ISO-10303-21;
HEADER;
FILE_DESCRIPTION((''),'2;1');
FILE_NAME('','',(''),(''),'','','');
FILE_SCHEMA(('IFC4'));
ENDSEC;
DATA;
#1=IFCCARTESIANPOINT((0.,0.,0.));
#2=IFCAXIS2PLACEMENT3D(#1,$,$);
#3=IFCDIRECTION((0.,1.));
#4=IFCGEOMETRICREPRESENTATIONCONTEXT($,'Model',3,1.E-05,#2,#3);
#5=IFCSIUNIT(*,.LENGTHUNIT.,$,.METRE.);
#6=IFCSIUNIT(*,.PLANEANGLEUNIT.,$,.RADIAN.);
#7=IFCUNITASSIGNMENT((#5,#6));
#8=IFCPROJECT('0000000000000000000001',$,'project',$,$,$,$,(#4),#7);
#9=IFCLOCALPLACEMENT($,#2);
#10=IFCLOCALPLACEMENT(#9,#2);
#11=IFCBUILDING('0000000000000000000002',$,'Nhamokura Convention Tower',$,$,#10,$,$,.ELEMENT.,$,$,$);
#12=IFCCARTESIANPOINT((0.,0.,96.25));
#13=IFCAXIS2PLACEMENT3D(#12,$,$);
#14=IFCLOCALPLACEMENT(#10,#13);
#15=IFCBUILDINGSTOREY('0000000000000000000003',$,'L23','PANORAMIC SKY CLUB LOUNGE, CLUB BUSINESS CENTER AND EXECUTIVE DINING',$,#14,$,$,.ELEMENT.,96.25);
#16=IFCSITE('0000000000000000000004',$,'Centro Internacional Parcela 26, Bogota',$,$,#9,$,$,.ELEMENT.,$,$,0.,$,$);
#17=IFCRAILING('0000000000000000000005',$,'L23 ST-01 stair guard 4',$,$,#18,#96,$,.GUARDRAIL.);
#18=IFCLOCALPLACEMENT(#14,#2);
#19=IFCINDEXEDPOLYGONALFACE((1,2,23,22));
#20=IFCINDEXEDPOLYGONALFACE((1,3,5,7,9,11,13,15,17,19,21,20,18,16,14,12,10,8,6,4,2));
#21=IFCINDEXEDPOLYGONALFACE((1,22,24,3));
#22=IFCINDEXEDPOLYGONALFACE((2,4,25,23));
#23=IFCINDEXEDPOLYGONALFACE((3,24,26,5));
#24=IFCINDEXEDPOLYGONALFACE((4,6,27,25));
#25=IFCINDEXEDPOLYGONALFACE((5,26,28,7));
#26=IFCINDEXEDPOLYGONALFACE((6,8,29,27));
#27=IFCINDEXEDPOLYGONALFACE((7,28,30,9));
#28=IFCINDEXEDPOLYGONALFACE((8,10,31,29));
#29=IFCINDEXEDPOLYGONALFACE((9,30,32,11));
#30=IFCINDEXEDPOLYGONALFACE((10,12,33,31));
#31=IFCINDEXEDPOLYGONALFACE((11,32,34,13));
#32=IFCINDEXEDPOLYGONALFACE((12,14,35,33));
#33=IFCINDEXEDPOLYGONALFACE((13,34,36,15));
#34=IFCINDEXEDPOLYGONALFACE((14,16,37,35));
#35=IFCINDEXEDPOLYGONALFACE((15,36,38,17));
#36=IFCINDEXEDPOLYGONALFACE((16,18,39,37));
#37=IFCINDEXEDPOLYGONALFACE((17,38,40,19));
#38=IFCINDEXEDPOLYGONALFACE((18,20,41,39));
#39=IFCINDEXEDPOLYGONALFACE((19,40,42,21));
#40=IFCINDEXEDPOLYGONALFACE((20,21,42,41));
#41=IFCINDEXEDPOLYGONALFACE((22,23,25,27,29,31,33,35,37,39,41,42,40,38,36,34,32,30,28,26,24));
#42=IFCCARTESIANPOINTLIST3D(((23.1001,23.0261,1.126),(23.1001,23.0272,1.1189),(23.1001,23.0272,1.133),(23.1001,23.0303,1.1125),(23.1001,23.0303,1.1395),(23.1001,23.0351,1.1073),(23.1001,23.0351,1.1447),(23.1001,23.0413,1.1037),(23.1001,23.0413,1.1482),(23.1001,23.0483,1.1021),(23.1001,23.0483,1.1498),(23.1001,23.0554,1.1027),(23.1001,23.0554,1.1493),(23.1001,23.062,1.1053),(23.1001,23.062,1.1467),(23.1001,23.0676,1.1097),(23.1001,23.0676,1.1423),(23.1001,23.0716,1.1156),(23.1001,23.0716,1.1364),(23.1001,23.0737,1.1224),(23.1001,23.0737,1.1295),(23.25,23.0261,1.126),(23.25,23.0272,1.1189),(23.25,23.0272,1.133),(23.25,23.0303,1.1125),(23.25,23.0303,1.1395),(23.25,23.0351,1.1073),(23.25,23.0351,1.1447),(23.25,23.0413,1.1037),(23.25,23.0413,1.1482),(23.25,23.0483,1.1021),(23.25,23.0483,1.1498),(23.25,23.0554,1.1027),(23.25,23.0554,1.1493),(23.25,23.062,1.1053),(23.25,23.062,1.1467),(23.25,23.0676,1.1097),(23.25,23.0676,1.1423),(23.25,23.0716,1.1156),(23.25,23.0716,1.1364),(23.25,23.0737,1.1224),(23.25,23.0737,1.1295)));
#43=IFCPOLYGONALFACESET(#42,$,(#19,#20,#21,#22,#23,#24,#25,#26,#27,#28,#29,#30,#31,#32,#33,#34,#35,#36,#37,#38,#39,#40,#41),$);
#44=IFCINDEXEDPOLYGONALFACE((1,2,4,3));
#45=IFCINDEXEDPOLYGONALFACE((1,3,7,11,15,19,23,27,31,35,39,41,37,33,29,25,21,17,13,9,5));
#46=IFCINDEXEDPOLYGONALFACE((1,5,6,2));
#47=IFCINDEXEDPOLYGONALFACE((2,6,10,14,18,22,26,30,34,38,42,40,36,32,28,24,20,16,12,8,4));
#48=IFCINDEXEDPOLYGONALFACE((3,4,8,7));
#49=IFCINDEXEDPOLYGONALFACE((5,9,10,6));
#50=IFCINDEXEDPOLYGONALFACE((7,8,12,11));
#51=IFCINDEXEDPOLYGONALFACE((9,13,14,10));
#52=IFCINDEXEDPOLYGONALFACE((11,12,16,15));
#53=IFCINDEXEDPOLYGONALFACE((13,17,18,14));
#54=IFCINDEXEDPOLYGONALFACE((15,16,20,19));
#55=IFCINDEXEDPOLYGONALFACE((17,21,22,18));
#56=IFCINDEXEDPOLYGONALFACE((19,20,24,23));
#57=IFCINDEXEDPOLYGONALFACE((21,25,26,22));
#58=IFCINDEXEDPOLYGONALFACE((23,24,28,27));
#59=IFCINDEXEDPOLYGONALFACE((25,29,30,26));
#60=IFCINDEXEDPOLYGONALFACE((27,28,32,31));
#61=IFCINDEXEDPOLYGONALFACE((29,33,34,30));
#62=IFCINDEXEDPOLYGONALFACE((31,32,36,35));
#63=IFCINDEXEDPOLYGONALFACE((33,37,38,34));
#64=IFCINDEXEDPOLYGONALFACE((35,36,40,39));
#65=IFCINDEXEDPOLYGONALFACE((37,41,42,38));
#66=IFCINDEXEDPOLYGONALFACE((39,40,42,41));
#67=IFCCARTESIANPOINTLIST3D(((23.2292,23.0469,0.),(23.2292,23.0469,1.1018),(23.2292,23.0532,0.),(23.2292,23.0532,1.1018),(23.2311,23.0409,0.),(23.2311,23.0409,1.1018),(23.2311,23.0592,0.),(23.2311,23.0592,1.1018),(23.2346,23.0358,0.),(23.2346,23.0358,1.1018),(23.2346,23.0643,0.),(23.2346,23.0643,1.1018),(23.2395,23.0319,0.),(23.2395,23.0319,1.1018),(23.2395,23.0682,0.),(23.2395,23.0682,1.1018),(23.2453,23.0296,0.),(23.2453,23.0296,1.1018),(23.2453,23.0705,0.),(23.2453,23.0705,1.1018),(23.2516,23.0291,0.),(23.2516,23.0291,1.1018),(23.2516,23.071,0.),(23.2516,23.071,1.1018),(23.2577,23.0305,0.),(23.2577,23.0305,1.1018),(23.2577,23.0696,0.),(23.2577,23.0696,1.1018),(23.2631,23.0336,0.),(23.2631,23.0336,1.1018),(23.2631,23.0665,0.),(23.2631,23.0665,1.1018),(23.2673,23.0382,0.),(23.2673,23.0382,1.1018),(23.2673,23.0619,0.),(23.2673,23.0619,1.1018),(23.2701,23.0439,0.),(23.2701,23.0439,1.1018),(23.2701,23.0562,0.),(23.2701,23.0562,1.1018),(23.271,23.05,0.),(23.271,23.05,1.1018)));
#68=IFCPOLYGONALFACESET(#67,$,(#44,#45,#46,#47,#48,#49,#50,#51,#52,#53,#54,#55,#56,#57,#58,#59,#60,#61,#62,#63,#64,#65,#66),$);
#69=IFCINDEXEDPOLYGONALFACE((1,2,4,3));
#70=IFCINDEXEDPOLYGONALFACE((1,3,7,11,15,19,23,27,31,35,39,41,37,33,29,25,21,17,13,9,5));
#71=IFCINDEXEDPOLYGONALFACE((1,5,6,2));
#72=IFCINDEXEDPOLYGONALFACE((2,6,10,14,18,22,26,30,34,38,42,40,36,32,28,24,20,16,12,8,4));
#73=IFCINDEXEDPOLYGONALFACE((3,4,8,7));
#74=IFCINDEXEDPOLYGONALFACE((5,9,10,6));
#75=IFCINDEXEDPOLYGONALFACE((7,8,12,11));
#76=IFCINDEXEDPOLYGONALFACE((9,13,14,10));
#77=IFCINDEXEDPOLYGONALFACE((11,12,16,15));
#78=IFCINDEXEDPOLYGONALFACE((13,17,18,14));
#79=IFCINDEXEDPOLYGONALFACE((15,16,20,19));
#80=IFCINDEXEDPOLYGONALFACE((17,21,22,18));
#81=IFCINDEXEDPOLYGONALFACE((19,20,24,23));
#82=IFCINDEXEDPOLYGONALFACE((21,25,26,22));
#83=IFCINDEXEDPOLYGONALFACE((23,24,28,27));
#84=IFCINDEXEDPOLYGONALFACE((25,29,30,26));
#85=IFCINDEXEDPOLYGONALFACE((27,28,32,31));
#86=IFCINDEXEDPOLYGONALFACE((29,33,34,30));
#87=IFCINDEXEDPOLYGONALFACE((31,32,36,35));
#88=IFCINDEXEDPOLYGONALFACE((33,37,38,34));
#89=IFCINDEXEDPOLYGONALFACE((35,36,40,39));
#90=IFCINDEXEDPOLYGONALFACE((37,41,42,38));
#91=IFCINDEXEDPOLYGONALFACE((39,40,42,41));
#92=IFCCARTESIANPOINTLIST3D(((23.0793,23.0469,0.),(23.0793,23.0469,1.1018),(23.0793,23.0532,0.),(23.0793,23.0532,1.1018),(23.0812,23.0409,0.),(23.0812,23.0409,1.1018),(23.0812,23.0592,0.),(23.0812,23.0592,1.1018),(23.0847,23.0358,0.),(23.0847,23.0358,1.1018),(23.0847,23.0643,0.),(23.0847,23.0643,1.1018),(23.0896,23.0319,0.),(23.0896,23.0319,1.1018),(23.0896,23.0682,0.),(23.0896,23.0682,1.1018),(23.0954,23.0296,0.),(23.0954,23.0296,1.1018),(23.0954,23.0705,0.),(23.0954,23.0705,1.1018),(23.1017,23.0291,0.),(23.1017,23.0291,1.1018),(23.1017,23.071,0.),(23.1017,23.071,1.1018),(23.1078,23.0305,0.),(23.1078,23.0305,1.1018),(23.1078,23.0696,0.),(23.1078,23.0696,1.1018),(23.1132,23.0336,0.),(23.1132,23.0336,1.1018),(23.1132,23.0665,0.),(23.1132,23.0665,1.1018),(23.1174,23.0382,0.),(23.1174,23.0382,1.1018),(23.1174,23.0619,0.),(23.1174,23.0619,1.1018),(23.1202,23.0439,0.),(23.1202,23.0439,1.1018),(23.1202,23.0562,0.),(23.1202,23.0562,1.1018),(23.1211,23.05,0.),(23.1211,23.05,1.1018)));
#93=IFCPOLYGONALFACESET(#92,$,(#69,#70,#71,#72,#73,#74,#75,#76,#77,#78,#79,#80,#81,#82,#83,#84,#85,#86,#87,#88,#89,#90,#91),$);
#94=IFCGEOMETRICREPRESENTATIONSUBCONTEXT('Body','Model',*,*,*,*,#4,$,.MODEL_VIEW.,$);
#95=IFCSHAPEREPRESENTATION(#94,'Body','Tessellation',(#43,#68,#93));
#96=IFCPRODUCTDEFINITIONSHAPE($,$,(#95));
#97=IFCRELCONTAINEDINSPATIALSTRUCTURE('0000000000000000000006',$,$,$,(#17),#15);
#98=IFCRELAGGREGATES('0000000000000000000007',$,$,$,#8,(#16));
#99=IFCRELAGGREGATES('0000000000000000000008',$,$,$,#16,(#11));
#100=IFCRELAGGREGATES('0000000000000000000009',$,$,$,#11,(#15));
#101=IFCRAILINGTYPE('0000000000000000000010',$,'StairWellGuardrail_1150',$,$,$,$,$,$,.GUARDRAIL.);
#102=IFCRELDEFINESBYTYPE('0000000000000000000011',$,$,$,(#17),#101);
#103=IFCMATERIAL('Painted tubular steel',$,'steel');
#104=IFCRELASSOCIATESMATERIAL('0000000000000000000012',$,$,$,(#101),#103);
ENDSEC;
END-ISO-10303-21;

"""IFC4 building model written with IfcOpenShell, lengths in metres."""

from ifc_helpers import new_model, si_unit, direction, frame, origin, origin_2d, place, context, subcontext, project, spatial, circle, extrude, material, type_object, element, save


model = new_model("IFC4")

# Units and contexts
model_context = context("Model", 3, precision=1e-05, world=origin(), true_north=direction((0.0, 1.0)))
body_context = subcontext(model_context, "Body", "Model", "MODEL_VIEW")
ifc_project = project(units=[si_unit("LENGTHUNIT", "METRE"), si_unit("PLANEANGLEUNIT", "RADIAN")], contexts=[model_context])

# Site, building, storey
site_placement = place(None, origin())
site = spatial("IfcSite", under=ifc_project, at=site_placement, Name="Centro Internacional Parcela 26, Bogota", CompositionType="ELEMENT", RefElevation=0.0)
building_placement = place(site_placement, origin())
building = spatial("IfcBuilding", under=site, at=building_placement, Name="Nhamokura Convention Tower", CompositionType="ELEMENT")
storey_placement = place(building_placement, frame((0.0, 0.0, 96.25)))
storey = spatial("IfcBuildingStorey", under=building, at=storey_placement, Name="L23", Description="PANORAMIC SKY CLUB LOUNGE, CLUB BUSINESS CENTER AND EXECUTIVE DINING", CompositionType="ELEMENT", Elevation=96.25)

# Railing
ifc_material_1 = material(Name="Painted tubular steel", Category="steel")
railing_type_1 = type_object("IfcRailingType", Name="StairWellGuardrail_1150", PredefinedType="GUARDRAIL", material=ifc_material_1)
railing_1_placement = place(storey_placement, frame((23.25, 23.05, 0.0)))
element("IfcRailing", 1, at=railing_1_placement, inside=storey, type_object=railing_type_1, Name="L23 ST-01 stair guard 4", PredefinedType="GUARDRAIL", context=body_context, shape_type="SweptSolid", body=[
    extrude(circle(Radius=0.0239, at=origin_2d()), frame((0.0, 0.0, 1.126), z_axis=(-1.0, 0.0, 0.0), x_axis=(0.0, -1.0, 0.0)), (0.0, 0.0, 1.0), 0.1499),
    extrude(circle(Radius=0.021, at=origin_2d()), origin(), (0.0, 0.0, 1.0), 1.1018),
    extrude(circle(Radius=0.021, at=origin_2d()), frame((-0.1499, 0.0, 0.0)), (0.0, 0.0, 1.0), 1.1018),
])

save(model, "model.ifc")
